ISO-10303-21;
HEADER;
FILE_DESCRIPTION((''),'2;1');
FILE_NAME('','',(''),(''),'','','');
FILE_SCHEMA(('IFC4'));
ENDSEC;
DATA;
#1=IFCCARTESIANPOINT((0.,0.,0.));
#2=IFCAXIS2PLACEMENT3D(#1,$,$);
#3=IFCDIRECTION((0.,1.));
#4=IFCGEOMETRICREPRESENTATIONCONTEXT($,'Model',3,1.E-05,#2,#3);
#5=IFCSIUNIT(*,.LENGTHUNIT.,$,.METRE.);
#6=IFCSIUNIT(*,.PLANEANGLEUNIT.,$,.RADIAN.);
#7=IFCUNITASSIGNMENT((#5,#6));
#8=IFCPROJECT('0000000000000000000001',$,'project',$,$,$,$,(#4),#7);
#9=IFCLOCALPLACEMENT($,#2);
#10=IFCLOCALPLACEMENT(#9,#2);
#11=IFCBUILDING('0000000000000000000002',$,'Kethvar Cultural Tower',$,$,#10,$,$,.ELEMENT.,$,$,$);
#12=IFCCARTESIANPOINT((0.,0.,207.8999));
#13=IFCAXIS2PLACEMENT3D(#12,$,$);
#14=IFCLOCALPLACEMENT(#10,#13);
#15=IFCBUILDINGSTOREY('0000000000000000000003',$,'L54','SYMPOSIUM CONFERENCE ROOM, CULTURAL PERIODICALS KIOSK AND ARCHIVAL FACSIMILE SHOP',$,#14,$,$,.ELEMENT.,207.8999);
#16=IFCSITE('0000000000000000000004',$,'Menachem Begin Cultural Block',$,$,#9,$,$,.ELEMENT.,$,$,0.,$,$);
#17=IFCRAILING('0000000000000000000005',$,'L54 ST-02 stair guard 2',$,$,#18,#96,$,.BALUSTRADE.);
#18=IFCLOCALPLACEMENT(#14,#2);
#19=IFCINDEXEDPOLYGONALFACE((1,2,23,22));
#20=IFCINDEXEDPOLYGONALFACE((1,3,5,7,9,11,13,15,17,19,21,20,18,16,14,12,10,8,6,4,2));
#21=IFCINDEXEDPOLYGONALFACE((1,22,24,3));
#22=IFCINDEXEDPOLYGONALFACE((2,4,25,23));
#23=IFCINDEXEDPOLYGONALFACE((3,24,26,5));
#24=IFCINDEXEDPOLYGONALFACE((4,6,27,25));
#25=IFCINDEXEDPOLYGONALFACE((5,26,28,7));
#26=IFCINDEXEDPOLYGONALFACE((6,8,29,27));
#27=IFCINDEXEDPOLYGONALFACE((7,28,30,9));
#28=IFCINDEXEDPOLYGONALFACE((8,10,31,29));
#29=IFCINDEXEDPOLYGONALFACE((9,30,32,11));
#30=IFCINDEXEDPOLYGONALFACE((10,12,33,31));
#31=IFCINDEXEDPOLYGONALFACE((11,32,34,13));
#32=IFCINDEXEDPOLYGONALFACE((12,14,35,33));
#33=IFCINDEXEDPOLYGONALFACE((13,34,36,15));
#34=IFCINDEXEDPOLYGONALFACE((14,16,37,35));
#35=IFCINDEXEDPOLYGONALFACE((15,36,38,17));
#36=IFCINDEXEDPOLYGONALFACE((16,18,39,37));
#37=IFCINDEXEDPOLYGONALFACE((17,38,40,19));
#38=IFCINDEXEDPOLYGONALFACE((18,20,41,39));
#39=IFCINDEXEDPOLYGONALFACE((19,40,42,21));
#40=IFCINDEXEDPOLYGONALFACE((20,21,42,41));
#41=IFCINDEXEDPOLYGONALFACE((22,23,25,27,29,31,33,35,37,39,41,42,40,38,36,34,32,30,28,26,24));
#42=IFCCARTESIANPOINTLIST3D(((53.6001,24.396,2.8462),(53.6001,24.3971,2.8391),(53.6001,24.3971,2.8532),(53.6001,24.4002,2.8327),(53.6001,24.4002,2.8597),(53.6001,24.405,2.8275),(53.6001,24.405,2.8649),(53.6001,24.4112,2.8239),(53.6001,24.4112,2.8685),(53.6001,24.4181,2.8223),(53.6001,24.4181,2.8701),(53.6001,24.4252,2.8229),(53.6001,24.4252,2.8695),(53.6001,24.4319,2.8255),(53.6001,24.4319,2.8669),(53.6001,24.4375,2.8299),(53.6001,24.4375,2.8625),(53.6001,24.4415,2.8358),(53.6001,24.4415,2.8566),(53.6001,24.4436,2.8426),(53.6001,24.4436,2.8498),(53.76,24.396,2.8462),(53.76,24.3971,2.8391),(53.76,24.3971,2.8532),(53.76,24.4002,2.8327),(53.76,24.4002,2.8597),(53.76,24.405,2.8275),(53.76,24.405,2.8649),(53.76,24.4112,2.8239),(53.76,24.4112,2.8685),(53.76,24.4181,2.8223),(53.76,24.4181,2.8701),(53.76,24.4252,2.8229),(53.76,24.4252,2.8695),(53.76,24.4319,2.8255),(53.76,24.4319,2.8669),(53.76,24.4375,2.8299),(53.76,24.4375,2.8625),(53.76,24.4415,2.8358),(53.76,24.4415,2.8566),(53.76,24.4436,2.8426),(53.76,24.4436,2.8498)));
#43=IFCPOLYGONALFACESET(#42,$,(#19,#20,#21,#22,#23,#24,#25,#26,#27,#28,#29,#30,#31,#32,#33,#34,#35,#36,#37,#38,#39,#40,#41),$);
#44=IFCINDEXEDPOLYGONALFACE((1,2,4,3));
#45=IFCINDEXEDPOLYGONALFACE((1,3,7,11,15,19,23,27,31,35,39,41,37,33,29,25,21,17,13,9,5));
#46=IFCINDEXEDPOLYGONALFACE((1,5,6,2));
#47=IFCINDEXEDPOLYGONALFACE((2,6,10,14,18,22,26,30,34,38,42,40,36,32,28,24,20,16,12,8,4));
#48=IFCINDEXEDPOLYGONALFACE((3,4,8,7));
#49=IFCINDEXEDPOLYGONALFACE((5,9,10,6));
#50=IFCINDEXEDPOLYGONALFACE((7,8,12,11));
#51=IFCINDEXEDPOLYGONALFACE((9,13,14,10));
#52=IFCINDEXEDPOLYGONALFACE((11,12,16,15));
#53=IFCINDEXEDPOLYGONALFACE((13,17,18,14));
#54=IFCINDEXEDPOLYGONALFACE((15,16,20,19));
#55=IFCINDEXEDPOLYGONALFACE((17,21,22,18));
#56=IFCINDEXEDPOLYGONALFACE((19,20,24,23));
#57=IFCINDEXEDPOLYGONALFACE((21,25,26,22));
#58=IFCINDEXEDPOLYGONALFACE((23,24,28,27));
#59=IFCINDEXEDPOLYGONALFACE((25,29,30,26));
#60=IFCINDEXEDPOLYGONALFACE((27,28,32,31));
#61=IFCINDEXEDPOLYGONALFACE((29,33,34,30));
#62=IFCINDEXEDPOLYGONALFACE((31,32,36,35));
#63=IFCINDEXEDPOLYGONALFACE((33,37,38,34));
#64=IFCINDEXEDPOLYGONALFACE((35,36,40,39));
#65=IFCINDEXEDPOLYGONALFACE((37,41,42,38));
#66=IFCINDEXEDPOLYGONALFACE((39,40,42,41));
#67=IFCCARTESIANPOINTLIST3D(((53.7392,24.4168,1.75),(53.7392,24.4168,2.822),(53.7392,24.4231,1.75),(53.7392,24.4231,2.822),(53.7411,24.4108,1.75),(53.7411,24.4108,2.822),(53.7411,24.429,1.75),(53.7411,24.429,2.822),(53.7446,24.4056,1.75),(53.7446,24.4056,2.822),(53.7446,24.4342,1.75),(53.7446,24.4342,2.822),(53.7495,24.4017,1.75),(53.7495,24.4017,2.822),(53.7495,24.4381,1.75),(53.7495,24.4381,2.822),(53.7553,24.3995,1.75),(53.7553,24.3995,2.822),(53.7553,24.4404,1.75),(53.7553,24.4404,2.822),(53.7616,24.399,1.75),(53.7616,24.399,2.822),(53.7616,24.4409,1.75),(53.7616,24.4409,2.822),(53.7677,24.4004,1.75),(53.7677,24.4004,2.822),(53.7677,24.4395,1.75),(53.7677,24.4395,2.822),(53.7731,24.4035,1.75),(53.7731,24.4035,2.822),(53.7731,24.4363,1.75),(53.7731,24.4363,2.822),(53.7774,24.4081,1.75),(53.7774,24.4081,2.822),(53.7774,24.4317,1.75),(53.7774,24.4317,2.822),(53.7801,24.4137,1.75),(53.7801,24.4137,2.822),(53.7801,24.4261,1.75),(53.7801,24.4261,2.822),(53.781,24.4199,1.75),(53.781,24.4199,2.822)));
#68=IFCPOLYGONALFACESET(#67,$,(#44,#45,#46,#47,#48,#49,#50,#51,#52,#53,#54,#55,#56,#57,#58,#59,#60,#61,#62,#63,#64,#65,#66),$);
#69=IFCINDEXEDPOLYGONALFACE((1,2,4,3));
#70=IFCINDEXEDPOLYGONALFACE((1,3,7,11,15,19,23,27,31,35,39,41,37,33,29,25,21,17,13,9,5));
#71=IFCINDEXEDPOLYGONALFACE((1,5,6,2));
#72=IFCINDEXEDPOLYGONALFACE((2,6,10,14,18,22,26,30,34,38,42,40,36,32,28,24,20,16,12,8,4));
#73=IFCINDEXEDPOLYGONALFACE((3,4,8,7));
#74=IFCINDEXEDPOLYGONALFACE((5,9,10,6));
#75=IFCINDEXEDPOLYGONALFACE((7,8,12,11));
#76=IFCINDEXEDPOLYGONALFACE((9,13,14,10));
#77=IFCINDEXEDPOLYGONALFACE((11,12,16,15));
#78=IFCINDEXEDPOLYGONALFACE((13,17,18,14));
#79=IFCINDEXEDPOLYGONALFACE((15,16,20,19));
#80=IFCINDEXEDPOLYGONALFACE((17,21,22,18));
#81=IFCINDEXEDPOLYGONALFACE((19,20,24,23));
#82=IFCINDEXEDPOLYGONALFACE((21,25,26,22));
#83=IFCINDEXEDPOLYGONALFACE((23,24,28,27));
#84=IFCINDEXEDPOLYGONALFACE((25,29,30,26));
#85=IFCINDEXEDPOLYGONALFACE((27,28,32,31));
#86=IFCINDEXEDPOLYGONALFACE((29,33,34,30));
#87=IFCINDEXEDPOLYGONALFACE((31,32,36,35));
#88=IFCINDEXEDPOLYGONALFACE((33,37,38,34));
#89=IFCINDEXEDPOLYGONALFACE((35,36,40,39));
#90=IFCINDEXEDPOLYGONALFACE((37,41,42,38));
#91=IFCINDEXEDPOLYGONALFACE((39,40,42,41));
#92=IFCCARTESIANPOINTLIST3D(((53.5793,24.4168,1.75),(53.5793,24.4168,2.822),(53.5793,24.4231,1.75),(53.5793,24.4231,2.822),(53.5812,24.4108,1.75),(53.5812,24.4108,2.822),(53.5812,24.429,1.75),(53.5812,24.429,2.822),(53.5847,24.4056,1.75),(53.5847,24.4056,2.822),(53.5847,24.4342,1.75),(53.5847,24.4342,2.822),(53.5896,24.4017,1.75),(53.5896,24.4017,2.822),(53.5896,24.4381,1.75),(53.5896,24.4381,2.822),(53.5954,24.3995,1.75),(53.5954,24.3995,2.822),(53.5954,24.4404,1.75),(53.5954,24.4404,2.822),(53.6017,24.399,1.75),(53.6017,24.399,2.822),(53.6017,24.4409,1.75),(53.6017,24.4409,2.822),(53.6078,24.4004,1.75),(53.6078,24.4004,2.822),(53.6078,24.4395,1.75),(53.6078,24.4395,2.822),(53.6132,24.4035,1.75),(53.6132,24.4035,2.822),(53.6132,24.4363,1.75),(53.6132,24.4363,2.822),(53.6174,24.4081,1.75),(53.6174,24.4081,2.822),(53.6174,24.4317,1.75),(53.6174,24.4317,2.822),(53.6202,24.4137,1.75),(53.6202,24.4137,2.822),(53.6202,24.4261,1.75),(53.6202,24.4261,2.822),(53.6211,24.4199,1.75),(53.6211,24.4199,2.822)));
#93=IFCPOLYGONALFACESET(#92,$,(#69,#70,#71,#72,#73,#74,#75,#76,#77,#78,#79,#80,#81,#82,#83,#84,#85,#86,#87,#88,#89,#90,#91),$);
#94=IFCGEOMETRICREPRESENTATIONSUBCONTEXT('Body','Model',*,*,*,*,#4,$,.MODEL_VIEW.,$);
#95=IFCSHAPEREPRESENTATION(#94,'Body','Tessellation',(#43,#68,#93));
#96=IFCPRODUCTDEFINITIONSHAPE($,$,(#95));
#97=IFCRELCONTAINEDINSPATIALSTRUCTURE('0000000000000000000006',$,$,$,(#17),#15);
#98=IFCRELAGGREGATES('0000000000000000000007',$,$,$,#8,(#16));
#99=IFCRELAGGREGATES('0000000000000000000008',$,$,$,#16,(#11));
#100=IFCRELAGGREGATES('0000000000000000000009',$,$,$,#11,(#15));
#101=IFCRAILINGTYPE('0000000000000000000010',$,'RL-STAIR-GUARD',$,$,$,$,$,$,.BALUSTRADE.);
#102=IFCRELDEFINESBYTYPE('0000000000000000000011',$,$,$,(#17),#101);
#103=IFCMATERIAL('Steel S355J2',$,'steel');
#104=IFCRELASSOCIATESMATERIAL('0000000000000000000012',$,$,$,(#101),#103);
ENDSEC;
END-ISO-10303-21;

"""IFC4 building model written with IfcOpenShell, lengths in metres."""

from ifc_helpers import new_model, si_unit, direction, frame, origin, origin_2d, place, context, subcontext, project, spatial, circle, extrude, material, type_object, element, save


model = new_model("IFC4")

# Units and contexts
model_context = context("Model", 3, precision=1e-05, world=origin(), true_north=direction((0.0, 1.0)))
body_context = subcontext(model_context, "Body", "Model", "MODEL_VIEW")
ifc_project = project(units=[si_unit("LENGTHUNIT", "METRE"), si_unit("PLANEANGLEUNIT", "RADIAN")], contexts=[model_context])

# Site, building, storey
site_placement = place(None, origin())
site = spatial("IfcSite", under=ifc_project, at=site_placement, Name="Menachem Begin Cultural Block", CompositionType="ELEMENT", RefElevation=0.0)
building_placement = place(site_placement, origin())
building = spatial("IfcBuilding", under=site, at=building_placement, Name="Kethvar Cultural Tower", CompositionType="ELEMENT")
storey_placement = place(building_placement, frame((0.0, 0.0, 207.8999)))
storey = spatial("IfcBuildingStorey", under=building, at=storey_placement, Name="L54", Description="SYMPOSIUM CONFERENCE ROOM, CULTURAL PERIODICALS KIOSK AND ARCHIVAL FACSIMILE SHOP", CompositionType="ELEMENT", Elevation=207.8999)

# Shared definitions
ifc_material_1 = material(Name="Steel S355J2", Category="steel")

# Railing
railing_type_1 = type_object("IfcRailingType", Name="RL-STAIR-GUARD", PredefinedType="BALUSTRADE", material=ifc_material_1)
railing_1_placement = place(storey_placement, frame((53.76, 24.4199, 1.75)))
element("IfcRailing", 1, at=railing_1_placement, inside=storey, type_object=railing_type_1, Name="L54 ST-02 stair guard 2", PredefinedType="BALUSTRADE", context=body_context, shape_type="SweptSolid", body=[
    extrude(circle(Radius=0.0239, at=origin_2d()), frame((0.0, 0.0, 1.0962), z_axis=(-1.0, 0.0, 0.0), x_axis=(0.0, -1.0, 0.0)), (0.0, 0.0, 1.0), 0.1599),
    extrude(circle(Radius=0.021, at=origin_2d()), origin(), (0.0, 0.0, 1.0), 1.072),
    extrude(circle(Radius=0.021, at=origin_2d()), frame((-0.1599, 0.0, 0.0)), (0.0, 0.0, 1.0), 1.072),
])

save(model, "model.ifc")
